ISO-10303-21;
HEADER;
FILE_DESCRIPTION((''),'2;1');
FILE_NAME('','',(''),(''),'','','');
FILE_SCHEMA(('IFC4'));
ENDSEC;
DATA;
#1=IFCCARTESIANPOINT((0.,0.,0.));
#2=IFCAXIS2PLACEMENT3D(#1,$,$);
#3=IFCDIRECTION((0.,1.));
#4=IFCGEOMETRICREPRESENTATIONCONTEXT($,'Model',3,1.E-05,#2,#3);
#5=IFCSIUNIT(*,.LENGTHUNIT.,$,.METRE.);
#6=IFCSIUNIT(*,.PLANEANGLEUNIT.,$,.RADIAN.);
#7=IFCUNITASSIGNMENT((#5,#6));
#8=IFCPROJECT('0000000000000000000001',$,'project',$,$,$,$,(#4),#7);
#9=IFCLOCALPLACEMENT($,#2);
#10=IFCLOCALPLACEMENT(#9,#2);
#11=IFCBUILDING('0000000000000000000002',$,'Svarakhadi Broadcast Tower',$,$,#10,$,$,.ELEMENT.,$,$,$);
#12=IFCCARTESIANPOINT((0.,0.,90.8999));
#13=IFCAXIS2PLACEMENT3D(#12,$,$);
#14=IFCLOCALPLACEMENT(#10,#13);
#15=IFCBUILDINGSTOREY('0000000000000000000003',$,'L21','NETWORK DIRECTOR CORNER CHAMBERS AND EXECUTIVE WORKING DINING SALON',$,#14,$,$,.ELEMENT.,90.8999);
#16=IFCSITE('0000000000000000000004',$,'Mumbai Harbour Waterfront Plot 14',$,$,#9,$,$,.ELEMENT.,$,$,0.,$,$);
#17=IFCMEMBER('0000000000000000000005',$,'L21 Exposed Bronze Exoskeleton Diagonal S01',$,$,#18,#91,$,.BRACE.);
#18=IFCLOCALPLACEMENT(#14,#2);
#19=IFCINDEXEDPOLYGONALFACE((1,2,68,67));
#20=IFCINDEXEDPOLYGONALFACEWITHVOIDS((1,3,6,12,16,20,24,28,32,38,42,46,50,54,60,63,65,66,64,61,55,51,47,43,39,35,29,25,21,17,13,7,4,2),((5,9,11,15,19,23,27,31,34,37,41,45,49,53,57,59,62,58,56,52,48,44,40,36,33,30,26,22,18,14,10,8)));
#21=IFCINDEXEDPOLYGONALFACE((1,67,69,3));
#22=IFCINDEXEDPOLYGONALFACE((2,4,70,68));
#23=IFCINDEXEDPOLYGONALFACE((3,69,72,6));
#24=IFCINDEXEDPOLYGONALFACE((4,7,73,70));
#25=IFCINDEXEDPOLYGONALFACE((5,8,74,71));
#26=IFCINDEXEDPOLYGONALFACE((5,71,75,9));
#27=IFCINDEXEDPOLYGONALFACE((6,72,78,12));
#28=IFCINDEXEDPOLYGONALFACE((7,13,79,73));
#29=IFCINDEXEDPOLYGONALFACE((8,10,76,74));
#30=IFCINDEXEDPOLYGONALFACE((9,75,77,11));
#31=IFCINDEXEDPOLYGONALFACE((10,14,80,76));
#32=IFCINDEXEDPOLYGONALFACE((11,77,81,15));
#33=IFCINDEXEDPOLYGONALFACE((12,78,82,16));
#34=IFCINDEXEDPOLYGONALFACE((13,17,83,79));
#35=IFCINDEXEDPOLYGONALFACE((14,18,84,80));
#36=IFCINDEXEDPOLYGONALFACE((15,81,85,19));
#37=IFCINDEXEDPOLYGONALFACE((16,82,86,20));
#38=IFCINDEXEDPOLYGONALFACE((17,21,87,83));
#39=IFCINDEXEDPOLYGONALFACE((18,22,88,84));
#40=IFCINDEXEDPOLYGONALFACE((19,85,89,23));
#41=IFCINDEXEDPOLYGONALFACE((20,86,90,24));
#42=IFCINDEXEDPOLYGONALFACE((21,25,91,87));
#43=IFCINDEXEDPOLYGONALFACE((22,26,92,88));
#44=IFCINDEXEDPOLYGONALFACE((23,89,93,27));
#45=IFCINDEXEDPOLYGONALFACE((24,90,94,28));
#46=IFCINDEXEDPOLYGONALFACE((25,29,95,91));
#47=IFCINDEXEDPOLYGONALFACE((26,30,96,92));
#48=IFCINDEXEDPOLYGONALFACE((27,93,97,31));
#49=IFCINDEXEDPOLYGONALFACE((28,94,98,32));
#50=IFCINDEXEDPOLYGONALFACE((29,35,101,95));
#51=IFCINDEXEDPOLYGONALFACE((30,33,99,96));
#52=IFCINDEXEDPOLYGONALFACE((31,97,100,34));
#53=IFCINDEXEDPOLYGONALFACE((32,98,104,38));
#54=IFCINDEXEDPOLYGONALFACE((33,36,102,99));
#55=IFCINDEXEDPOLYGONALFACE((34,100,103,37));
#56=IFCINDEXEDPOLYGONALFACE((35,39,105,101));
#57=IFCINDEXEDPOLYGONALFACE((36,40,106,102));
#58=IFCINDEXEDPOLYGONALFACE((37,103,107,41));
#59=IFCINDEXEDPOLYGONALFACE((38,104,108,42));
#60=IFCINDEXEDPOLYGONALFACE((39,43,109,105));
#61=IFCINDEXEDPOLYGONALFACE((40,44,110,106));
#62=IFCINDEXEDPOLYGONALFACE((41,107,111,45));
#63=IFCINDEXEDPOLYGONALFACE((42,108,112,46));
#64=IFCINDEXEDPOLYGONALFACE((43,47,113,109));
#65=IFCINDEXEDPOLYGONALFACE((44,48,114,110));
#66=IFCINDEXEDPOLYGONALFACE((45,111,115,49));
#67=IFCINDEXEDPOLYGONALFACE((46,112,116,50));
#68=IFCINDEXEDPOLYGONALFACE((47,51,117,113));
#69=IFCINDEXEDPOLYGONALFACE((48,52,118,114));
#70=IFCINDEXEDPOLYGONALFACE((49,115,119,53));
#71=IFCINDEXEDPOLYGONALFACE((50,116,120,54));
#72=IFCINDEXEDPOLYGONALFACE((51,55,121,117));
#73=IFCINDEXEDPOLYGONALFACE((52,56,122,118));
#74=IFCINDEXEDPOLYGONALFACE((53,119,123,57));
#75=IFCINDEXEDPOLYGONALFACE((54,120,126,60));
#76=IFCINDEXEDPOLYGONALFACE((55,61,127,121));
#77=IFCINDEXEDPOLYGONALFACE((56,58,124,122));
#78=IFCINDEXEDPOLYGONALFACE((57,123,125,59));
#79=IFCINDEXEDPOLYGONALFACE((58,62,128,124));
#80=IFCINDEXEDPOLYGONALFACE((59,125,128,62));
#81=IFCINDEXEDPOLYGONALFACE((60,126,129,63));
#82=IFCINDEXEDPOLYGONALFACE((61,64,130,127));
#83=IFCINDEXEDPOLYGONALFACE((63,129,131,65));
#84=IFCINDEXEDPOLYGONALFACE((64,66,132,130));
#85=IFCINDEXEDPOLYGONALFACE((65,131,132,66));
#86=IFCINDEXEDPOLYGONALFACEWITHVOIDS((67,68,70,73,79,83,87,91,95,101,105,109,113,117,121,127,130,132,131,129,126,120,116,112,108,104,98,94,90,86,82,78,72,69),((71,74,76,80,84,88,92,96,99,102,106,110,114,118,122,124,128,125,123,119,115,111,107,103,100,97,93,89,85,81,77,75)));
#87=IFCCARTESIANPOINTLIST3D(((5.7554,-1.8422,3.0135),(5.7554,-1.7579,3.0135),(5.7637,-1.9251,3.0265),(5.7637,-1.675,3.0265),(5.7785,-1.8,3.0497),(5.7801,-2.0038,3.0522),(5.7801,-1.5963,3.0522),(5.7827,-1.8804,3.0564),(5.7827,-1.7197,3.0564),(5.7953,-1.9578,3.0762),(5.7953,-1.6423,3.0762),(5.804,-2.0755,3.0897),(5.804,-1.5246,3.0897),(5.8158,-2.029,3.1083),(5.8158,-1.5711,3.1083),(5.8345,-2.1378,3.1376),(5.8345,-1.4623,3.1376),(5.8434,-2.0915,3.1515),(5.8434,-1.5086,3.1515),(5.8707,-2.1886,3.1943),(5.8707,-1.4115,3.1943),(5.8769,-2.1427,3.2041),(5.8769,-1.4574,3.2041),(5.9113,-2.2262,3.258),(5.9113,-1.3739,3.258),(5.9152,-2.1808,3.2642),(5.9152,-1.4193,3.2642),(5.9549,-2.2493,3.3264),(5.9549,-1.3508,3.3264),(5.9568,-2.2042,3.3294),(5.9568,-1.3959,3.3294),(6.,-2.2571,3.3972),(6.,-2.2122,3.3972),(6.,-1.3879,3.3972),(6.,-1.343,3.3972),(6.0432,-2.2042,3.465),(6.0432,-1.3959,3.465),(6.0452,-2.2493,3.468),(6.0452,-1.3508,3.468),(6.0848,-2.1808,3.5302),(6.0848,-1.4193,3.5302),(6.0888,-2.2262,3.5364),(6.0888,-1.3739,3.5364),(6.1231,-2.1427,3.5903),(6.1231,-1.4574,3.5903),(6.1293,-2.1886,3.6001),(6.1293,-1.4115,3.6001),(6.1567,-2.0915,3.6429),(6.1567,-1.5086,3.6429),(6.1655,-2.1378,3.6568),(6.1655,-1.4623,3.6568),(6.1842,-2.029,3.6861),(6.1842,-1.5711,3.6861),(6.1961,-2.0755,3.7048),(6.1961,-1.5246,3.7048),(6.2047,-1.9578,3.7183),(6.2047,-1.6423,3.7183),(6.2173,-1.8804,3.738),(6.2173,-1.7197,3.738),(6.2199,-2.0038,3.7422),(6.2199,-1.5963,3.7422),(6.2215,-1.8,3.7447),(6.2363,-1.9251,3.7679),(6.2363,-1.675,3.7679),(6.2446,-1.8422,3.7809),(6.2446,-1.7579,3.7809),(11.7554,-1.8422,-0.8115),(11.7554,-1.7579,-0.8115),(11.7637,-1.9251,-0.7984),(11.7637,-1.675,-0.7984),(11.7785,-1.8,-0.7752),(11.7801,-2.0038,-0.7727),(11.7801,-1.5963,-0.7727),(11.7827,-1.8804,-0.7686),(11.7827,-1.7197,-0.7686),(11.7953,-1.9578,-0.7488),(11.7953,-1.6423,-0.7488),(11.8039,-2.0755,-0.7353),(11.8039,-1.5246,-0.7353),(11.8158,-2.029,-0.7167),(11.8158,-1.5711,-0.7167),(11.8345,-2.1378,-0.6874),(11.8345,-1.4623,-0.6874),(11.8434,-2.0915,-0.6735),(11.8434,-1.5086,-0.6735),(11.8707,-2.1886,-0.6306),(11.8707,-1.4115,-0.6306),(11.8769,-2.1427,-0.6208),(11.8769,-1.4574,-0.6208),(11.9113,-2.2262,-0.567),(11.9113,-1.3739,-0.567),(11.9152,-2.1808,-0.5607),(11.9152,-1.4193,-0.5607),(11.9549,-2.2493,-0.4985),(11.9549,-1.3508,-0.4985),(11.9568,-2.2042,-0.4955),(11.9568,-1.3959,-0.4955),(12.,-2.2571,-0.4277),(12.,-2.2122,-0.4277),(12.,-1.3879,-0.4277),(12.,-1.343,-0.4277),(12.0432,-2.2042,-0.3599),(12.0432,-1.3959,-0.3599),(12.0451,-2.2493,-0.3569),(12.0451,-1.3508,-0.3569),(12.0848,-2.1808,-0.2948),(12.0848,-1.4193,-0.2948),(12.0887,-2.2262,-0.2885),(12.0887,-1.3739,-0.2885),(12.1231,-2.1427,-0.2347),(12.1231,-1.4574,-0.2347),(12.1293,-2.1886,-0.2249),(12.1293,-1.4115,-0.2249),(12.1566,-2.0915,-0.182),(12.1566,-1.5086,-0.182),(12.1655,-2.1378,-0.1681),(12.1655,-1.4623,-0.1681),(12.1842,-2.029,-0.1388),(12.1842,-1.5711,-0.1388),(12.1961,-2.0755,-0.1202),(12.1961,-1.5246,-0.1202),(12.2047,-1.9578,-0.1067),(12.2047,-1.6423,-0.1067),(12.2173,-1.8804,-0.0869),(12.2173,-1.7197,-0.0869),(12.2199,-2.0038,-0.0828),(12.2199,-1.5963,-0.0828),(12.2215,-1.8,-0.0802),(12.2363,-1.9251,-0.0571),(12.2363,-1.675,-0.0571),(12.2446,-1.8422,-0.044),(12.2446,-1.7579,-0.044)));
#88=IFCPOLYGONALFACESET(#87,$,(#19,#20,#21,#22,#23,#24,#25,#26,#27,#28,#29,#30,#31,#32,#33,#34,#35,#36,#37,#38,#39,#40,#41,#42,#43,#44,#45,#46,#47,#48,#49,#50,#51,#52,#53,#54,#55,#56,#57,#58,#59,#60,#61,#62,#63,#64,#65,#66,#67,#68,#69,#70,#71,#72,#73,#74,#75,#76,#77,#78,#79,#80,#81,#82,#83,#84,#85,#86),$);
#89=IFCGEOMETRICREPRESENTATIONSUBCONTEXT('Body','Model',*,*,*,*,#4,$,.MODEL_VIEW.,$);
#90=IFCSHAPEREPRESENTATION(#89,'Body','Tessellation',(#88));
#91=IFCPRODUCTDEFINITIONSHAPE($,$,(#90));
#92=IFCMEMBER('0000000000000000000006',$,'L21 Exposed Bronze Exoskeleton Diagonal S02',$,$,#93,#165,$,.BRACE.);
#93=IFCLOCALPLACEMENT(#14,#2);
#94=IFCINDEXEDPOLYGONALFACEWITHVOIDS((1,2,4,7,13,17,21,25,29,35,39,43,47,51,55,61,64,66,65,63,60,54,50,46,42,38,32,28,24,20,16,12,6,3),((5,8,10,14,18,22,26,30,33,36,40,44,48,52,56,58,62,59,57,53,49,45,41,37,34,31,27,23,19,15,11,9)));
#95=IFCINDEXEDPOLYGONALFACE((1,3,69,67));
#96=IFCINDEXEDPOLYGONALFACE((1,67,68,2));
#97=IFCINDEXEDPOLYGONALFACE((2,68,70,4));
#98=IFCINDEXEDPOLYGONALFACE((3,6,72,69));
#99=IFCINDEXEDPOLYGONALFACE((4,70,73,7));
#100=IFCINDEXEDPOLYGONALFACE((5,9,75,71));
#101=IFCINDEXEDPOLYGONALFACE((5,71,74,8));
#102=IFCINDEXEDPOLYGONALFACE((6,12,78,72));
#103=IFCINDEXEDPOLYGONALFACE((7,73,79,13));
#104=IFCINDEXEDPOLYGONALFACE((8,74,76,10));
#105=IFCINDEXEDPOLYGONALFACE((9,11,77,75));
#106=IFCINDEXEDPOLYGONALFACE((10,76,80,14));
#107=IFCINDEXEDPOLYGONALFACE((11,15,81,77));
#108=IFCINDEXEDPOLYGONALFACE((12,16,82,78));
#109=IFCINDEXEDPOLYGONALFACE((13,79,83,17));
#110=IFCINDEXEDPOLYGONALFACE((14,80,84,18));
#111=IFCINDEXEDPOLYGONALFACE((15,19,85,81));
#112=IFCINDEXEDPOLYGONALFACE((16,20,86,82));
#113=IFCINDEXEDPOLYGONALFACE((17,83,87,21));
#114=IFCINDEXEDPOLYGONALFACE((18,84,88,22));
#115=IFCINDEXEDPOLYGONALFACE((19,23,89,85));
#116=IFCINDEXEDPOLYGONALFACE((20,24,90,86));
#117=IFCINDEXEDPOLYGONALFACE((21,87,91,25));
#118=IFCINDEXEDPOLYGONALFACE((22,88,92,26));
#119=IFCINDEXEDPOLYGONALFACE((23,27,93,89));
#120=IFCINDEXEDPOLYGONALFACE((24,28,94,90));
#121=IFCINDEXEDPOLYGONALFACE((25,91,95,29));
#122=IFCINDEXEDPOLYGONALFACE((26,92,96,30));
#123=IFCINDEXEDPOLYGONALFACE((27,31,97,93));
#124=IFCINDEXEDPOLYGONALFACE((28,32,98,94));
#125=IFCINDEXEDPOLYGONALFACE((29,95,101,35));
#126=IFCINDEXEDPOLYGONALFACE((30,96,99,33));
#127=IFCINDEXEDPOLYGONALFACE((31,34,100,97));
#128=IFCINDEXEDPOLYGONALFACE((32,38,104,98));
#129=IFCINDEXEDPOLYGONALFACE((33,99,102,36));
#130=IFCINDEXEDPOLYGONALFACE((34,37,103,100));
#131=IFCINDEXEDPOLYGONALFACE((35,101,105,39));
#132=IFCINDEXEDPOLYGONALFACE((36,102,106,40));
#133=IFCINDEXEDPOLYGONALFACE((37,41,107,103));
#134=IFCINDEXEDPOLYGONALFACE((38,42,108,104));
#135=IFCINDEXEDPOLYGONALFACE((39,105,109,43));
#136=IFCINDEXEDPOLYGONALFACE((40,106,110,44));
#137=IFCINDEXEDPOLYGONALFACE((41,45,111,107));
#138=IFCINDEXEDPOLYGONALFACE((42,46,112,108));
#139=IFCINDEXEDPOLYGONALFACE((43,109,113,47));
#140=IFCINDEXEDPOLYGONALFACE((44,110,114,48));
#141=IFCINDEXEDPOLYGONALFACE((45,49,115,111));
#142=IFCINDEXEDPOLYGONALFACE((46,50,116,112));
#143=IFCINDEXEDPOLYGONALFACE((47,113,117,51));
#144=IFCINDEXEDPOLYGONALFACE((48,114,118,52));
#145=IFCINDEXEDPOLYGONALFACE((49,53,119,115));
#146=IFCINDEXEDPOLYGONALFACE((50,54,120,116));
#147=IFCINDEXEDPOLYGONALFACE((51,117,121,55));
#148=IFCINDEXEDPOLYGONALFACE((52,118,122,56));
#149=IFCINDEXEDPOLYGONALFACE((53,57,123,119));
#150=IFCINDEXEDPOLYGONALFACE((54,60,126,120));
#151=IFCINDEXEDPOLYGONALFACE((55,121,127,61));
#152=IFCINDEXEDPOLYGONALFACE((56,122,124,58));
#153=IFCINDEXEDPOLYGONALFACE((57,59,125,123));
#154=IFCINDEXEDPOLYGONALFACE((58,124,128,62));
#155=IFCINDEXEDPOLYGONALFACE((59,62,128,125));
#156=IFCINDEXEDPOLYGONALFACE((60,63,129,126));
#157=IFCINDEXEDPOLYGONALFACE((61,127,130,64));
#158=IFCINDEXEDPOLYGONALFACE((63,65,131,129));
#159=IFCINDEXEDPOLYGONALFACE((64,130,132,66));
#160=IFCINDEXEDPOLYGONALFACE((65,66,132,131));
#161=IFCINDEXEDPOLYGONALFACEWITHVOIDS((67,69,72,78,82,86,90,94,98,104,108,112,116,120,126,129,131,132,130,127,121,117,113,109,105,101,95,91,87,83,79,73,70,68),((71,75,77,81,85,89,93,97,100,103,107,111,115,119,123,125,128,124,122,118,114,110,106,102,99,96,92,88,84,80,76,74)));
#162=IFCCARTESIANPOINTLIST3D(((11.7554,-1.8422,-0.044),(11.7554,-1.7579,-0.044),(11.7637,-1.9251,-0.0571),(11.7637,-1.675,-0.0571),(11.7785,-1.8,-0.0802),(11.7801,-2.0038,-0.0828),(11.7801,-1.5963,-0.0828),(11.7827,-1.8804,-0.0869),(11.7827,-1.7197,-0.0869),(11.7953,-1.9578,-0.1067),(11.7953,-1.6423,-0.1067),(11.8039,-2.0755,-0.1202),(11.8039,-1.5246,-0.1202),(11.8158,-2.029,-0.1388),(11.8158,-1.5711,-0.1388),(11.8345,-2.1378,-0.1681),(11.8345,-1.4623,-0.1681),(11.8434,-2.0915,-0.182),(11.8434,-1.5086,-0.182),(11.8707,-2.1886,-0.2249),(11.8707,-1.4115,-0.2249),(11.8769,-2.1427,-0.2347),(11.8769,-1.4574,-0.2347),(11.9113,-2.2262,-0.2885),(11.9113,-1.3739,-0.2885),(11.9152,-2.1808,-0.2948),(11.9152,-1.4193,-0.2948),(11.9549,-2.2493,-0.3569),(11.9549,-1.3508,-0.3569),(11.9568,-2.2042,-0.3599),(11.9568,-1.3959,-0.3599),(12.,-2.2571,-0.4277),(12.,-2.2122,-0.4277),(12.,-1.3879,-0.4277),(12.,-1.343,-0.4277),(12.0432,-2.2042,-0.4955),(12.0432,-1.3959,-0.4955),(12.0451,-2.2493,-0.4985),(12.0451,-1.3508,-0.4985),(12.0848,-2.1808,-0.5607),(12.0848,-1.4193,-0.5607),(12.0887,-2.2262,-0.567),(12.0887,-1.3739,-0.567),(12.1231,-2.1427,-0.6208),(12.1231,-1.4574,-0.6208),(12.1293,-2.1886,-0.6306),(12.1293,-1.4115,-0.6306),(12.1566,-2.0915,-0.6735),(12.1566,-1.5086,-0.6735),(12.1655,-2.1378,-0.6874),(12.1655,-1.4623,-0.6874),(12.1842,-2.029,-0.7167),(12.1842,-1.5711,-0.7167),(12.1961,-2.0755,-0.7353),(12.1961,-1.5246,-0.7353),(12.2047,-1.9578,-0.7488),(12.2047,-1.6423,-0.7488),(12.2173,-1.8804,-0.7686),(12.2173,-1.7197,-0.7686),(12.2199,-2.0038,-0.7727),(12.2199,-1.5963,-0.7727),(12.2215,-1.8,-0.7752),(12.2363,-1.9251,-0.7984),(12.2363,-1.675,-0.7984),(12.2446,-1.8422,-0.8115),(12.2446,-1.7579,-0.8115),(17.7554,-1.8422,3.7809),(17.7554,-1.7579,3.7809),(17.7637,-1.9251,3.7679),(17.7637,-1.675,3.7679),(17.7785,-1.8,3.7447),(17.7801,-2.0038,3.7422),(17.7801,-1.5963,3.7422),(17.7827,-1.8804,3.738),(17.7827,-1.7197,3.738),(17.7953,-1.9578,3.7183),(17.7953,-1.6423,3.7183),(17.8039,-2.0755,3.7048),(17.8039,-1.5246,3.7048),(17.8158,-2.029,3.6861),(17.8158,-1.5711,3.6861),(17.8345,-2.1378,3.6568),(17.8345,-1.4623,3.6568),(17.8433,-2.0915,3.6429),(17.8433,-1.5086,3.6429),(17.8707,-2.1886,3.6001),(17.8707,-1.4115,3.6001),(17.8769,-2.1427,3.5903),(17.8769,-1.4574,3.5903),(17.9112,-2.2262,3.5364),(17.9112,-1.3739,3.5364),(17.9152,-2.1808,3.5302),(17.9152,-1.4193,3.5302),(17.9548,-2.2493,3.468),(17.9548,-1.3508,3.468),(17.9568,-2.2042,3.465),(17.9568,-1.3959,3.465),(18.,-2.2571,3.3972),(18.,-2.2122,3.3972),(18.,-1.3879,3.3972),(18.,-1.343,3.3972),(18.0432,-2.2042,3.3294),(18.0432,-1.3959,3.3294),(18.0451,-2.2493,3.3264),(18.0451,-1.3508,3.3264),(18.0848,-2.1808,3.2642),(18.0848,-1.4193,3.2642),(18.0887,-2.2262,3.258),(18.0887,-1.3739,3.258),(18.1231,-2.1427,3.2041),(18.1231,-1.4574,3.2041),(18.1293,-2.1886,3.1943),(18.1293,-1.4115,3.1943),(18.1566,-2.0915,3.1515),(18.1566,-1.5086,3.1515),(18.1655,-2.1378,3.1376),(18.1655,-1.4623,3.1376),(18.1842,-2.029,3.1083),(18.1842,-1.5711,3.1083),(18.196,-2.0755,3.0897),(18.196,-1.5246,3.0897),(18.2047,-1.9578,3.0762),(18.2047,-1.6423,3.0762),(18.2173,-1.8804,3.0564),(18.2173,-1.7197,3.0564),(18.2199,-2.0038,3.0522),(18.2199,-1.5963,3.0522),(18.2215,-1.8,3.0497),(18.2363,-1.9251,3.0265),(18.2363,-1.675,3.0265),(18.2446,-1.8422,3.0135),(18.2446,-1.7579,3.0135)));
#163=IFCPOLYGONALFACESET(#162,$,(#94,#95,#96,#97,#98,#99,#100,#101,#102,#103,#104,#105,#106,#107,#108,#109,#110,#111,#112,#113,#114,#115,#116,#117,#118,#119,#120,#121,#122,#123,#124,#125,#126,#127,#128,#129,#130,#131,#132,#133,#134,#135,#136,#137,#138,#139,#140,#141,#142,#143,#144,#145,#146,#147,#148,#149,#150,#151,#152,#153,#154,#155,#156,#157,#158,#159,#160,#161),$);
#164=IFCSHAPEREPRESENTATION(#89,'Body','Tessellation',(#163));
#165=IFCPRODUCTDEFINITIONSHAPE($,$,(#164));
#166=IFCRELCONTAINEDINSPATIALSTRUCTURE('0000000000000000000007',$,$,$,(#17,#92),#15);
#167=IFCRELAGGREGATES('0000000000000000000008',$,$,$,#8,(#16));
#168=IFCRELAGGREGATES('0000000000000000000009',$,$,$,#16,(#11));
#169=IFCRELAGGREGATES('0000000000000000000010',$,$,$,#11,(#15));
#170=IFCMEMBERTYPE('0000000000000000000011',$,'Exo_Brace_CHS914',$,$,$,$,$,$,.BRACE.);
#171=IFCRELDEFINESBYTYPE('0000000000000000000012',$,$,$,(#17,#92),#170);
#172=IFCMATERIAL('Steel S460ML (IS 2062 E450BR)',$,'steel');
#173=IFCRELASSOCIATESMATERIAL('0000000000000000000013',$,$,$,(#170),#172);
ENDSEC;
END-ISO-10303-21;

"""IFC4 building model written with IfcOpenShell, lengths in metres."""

from ifc_helpers import new_model, si_unit, direction, frame, origin, origin_2d, place, context, subcontext, project, spatial, hollow_circle, extrude, material, material_profile, profile_set, type_object, element, save


model = new_model("IFC4")

# Units and contexts
model_context = context("Model", 3, precision=1e-05, world=origin(), true_north=direction((0.0, 1.0)))
body_context = subcontext(model_context, "Body", "Model", "MODEL_VIEW")
ifc_project = project(units=[si_unit("LENGTHUNIT", "METRE"), si_unit("PLANEANGLEUNIT", "RADIAN")], contexts=[model_context])

# Site, building, storey
site_placement = place(None, origin())
site = spatial("IfcSite", under=ifc_project, at=site_placement, Name="Mumbai Harbour Waterfront Plot 14", CompositionType="ELEMENT", RefElevation=0.0)
building_placement = place(site_placement, origin())
building = spatial("IfcBuilding", under=site, at=building_placement, Name="Svarakhadi Broadcast Tower", CompositionType="ELEMENT")
storey_placement = place(building_placement, frame((0.0, 0.0, 90.8999)))
storey = spatial("IfcBuildingStorey", under=building, at=storey_placement, Name="L21", Description="NETWORK DIRECTOR CORNER CHAMBERS AND EXECUTIVE WORKING DINING SALON", CompositionType="ELEMENT", Elevation=90.8999)

# Shared definitions
ifc_material_1 = material(Name="Steel S460ML (IS 2062 E450BR)", Category="steel")

# Members
ifc_material_profile_1 = material_profile(ifc_material_1, hollow_circle(Radius=0.457, WallThickness=0.0449, at=origin_2d()), Name="CHS 914x45")
ifc_profile_set_1 = profile_set([ifc_material_profile_1], Name="Steel S460ML (IS 2062 E450BR)")
member_type_1 = type_object("IfcMemberType", Name="Exo_Brace_CHS914", PredefinedType="BRACE", material=ifc_profile_set_1)
for number, where, z_axis, x_axis, name in (
    (1, (12.0, -1.8, -0.4277), (-0.84323, 0.0, 0.537552), (0.0, -1.0, 0.0), "L21 Exposed Bronze Exoskeleton Diagonal S01"),
    (2, (12.0, -1.8, -0.4277), (0.84323, 0.0, 0.537552), (0.0, 1.0, 0.0), "L21 Exposed Bronze Exoskeleton Diagonal S02"),
):
    element("IfcMember", number, at=place(storey_placement, frame(where, z_axis=z_axis, x_axis=x_axis)), inside=storey, type_object=member_type_1, Name=name, PredefinedType="BRACE", context=body_context, shape_type="SweptSolid", body=[
        extrude(hollow_circle(Radius=0.457, WallThickness=0.0449, at=origin_2d()), origin(), (0.0, 0.0, 1.0), 7.1155),
    ])

save(model, "model.ifc")
